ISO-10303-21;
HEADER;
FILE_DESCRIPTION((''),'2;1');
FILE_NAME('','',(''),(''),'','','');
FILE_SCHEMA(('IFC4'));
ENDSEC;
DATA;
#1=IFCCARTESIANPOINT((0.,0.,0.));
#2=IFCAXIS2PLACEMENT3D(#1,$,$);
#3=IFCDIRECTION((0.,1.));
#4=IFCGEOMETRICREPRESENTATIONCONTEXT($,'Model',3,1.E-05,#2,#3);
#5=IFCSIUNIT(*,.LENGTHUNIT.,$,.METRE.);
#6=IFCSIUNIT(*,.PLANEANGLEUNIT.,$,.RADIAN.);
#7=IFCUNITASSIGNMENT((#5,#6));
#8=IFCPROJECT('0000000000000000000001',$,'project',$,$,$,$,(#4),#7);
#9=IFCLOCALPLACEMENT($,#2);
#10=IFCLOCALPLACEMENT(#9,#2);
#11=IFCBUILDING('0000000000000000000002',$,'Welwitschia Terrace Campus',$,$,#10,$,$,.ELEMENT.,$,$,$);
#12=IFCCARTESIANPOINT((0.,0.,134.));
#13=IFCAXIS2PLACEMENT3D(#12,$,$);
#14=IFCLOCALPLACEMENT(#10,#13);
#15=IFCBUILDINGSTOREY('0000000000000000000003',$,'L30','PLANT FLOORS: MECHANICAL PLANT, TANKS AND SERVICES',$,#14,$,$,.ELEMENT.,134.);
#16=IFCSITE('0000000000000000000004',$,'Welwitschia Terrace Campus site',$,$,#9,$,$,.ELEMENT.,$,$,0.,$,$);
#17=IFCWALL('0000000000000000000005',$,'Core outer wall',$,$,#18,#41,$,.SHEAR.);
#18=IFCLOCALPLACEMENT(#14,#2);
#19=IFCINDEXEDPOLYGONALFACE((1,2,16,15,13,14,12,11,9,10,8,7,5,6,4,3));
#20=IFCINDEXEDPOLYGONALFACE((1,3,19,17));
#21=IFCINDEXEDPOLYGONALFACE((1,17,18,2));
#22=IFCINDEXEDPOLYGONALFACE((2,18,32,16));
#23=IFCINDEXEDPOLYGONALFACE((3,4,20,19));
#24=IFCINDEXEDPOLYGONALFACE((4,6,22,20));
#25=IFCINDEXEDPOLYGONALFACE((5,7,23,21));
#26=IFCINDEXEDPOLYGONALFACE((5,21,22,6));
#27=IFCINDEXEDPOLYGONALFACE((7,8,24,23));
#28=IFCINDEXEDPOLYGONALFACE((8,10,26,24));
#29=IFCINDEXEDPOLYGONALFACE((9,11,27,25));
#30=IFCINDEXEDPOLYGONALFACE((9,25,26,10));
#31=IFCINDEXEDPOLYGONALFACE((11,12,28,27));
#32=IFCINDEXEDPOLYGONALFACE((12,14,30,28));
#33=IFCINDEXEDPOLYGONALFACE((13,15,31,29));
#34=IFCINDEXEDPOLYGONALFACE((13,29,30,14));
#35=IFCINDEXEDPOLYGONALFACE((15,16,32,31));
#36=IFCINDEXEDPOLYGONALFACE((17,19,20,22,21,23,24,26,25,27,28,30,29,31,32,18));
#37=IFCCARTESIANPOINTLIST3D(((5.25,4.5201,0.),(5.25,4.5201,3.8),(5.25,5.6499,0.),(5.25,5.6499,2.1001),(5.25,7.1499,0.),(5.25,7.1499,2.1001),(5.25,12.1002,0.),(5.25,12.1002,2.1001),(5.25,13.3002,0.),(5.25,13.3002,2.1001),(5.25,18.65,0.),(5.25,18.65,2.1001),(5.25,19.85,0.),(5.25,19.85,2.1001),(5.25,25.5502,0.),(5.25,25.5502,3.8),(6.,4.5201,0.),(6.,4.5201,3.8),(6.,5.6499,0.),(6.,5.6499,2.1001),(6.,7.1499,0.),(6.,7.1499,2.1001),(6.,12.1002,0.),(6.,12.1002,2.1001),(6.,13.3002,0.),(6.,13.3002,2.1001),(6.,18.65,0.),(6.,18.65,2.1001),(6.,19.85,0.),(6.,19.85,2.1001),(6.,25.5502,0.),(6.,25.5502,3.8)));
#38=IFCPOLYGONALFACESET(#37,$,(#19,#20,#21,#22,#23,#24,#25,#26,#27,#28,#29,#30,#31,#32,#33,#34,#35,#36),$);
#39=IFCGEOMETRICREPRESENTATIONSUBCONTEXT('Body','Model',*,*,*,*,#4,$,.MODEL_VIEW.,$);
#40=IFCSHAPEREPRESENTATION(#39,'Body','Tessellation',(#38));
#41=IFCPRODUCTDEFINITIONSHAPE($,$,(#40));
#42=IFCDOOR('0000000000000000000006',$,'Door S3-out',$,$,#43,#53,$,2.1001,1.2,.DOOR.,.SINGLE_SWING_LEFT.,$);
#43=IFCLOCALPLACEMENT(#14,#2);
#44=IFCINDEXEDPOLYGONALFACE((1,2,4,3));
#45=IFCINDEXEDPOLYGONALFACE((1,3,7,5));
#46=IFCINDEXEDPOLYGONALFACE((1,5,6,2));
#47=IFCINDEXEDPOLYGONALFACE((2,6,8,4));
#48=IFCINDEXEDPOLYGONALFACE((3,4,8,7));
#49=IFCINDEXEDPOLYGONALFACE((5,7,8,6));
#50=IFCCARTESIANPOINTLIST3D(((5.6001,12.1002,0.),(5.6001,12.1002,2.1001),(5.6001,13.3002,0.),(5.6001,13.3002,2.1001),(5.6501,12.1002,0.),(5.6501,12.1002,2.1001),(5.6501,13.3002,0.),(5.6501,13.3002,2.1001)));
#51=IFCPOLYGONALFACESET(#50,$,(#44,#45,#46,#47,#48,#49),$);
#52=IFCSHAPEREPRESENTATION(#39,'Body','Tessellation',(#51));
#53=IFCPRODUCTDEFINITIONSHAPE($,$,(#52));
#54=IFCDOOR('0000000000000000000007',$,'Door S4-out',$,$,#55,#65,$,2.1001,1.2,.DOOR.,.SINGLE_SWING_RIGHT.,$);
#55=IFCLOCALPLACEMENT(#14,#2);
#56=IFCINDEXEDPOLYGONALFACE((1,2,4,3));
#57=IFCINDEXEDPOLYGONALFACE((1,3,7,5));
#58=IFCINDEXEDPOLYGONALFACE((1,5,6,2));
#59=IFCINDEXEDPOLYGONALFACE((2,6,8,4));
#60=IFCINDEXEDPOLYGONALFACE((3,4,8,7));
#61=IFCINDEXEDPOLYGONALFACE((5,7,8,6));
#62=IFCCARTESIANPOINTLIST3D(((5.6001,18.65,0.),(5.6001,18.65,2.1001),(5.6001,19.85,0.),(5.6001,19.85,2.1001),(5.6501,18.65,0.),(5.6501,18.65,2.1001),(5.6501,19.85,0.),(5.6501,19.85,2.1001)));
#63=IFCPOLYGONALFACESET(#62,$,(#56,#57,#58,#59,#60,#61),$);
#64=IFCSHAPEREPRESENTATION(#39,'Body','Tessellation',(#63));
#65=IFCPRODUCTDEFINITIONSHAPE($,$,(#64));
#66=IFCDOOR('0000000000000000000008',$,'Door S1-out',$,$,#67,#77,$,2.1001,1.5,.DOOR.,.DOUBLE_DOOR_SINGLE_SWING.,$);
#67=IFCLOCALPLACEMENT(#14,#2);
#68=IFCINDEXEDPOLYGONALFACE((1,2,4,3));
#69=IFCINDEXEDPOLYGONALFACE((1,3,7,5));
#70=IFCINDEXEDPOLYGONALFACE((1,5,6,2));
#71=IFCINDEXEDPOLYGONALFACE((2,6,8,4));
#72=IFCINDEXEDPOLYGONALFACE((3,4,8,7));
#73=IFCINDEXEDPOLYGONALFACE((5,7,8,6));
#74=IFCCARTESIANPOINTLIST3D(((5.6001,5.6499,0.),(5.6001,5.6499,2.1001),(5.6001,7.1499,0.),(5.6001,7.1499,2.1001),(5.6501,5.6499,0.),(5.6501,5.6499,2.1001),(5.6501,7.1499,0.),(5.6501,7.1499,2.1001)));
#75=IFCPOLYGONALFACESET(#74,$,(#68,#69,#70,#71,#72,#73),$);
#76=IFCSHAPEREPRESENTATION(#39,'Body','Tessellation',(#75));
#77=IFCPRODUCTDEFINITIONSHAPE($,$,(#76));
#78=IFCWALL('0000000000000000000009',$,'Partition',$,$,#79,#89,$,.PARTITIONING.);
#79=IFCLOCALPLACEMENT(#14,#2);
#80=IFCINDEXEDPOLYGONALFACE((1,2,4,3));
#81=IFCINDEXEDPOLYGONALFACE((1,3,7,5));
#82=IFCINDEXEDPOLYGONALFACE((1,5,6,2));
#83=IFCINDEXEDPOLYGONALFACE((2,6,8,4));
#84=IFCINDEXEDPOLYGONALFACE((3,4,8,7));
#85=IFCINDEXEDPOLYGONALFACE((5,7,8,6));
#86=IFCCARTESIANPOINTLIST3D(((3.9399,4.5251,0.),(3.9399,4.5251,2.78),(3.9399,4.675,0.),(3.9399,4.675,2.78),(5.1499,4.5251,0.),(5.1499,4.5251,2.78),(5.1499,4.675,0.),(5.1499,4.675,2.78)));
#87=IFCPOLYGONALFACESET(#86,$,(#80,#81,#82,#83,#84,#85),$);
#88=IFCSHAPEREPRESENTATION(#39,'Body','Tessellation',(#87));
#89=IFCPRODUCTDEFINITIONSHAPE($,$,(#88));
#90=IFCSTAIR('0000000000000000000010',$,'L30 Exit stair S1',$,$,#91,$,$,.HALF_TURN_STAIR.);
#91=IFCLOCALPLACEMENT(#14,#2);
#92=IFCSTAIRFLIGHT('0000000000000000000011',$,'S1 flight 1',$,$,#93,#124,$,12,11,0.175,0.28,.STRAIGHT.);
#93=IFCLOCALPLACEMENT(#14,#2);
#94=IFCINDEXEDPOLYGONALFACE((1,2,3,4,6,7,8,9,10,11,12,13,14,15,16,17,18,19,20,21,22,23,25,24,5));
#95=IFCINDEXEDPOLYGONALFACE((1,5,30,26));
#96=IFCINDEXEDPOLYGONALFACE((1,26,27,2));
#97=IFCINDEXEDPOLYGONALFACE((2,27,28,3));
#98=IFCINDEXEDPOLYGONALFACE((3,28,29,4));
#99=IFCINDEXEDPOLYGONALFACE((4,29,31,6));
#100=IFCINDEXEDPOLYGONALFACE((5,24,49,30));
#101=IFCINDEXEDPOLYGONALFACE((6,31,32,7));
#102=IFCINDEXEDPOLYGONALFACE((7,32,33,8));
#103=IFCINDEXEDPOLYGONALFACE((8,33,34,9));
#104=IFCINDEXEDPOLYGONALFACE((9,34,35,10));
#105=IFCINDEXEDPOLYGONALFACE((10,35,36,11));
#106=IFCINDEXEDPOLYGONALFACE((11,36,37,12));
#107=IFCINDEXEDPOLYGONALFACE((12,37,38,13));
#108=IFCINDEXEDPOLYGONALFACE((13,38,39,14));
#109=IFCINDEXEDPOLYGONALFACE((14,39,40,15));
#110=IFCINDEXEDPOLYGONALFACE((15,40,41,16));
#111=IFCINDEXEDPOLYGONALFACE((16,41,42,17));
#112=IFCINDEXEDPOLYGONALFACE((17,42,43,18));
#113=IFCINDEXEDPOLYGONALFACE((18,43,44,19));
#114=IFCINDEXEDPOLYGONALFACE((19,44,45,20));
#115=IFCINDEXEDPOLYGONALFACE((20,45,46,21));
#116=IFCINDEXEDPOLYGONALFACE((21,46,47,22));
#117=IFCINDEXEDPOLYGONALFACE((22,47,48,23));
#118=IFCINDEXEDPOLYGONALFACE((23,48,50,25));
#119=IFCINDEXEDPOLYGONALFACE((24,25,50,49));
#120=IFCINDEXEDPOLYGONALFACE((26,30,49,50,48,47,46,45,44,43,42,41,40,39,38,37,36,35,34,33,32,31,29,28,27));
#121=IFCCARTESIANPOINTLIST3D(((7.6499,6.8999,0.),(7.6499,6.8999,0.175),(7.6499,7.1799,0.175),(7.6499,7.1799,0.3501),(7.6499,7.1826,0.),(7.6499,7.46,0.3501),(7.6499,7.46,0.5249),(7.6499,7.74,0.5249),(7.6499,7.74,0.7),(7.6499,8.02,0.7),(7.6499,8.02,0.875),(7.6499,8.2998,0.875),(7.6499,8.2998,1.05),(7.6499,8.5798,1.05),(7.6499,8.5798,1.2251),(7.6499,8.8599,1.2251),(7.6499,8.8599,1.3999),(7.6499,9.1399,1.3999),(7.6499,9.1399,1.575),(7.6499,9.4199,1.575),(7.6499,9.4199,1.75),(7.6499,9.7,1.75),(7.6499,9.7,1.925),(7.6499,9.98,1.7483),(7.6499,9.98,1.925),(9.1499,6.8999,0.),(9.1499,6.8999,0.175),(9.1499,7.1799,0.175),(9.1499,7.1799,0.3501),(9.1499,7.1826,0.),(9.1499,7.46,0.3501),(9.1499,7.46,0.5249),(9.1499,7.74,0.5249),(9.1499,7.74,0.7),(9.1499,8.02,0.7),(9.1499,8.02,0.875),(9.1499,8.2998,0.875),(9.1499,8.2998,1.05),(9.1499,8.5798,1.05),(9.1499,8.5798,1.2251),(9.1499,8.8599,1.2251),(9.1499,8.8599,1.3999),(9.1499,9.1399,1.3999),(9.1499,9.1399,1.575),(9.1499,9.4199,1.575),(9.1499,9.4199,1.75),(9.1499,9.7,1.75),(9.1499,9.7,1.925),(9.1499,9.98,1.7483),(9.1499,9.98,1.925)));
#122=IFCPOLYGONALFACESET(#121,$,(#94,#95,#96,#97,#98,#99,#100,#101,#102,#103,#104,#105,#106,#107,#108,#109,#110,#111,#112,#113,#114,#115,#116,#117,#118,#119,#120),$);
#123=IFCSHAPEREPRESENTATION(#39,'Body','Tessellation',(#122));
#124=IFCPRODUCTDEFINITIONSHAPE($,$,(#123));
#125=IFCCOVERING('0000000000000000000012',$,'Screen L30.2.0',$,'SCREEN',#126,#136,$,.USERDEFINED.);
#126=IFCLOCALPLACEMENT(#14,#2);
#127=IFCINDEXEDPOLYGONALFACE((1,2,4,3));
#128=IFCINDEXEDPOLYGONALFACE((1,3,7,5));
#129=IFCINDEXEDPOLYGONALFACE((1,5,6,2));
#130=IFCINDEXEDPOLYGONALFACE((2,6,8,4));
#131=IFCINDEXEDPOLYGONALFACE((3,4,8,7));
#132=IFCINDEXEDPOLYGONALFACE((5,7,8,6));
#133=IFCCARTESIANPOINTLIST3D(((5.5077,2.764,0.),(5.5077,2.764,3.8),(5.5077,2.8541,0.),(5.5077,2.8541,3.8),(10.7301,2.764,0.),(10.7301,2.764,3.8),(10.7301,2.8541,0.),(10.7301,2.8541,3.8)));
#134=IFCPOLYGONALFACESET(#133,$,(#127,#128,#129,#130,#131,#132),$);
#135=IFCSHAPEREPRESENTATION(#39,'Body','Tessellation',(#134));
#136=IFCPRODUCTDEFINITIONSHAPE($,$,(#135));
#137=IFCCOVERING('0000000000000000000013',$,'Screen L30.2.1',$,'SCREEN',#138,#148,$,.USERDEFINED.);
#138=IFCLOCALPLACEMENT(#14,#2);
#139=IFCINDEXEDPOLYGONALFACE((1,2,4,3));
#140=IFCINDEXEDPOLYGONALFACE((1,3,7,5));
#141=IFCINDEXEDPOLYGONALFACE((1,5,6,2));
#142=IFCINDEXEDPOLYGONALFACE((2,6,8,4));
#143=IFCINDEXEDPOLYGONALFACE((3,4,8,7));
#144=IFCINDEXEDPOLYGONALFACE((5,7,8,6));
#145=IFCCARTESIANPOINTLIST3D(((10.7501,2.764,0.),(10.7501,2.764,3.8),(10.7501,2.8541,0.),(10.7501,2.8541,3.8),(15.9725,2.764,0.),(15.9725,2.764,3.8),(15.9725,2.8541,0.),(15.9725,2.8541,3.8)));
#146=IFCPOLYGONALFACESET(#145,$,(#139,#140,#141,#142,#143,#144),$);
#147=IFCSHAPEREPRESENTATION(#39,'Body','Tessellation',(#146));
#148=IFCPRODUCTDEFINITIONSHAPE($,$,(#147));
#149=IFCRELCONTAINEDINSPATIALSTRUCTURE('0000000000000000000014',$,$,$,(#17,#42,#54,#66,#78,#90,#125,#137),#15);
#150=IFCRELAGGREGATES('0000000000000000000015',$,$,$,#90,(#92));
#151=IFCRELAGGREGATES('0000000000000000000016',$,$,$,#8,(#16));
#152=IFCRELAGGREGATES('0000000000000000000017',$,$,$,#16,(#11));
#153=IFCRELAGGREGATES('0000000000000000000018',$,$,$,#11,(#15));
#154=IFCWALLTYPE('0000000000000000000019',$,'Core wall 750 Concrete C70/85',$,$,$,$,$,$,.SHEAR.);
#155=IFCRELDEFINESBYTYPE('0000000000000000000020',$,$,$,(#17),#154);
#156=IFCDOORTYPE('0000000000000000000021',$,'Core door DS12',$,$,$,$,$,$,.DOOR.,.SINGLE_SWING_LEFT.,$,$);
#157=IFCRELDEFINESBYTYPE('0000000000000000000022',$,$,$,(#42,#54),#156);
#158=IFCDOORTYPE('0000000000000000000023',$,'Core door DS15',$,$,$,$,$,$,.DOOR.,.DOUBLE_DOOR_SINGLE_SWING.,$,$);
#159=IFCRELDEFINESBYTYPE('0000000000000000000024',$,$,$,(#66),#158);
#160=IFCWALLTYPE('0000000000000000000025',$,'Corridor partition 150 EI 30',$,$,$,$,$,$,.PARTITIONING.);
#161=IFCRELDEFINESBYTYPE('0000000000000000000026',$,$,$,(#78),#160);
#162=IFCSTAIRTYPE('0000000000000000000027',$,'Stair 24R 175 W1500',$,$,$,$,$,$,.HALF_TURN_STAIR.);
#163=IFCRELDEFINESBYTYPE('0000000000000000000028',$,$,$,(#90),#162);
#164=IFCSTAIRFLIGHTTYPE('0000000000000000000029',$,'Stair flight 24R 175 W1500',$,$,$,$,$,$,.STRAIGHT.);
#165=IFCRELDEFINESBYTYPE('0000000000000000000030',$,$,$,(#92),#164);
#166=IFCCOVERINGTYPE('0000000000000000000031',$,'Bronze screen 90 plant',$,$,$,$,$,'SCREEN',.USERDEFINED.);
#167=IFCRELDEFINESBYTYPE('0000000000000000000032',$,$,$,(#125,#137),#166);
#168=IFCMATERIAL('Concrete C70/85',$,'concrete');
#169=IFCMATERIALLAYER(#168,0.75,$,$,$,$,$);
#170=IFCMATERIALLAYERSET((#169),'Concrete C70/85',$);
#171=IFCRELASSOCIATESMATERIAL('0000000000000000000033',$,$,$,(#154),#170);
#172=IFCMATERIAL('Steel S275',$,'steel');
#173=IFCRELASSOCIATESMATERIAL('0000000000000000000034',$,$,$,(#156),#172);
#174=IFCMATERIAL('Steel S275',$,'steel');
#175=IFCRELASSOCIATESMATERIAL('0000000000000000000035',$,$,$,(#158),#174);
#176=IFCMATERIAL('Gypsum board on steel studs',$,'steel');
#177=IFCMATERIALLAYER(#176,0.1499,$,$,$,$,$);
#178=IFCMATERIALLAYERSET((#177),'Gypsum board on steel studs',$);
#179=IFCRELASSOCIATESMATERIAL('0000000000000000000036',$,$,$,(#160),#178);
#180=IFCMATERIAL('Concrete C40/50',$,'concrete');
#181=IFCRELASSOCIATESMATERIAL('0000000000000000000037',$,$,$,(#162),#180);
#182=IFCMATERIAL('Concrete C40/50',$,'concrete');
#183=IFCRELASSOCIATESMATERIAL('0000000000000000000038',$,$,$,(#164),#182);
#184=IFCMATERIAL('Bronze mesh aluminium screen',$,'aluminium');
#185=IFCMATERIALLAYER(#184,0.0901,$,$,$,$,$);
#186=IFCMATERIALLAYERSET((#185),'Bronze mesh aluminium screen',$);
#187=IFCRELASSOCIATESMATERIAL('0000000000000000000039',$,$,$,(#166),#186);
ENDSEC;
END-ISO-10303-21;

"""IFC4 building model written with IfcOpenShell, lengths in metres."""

from ifc_helpers import new_model, si_unit, direction, frame, frame_2d, origin, origin_2d, place, context, subcontext, project, spatial, polyline, rectangle, outline, extrude, material, layer, layer_set, type_object, element, fill, aggregate, save


model = new_model("IFC4")

# Units and contexts
model_context = context("Model", 3, precision=1e-05, world=origin(), true_north=direction((0.0, 1.0)))
body_context = subcontext(model_context, "Body", "Model", "MODEL_VIEW")
ifc_project = project(units=[si_unit("LENGTHUNIT", "METRE"), si_unit("PLANEANGLEUNIT", "RADIAN")], contexts=[model_context])

# Site, building, storey
site_placement = place(None, origin())
site = spatial("IfcSite", under=ifc_project, at=site_placement, Name="Welwitschia Terrace Campus site", CompositionType="ELEMENT", RefElevation=0.0)
building_placement = place(site_placement, origin())
building = spatial("IfcBuilding", under=site, at=building_placement, Name="Welwitschia Terrace Campus", CompositionType="ELEMENT")
storey_placement = place(building_placement, frame((0.0, 0.0, 134.0)))
storey = spatial("IfcBuildingStorey", under=building, at=storey_placement, Name="L30", Description="PLANT FLOORS: MECHANICAL PLANT, TANKS AND SERVICES", CompositionType="ELEMENT", Elevation=134.0)

# Wall, openings, doors
ifc_material_1 = material(Name="Concrete C70/85", Category="concrete")
ifc_layer_1 = layer(ifc_material_1, 0.75)
ifc_layer_set_1 = layer_set([ifc_layer_1], Name="Concrete C70/85")
wall_type_1 = type_object("IfcWallType", Name="Core wall 750 Concrete C70/85", PredefinedType="SHEAR", material=ifc_layer_set_1)
wall_1_placement = place(storey_placement, frame((5.625, 4.52, 0.0), z_axis=(0.0, 0.0, 1.0), x_axis=(0.0, 1.0, 0.0)))
wall_1 = element("IfcWall", 1, at=wall_1_placement, inside=storey, type_object=wall_type_1, Name="Core outer wall", PredefinedType="SHEAR", context=body_context, shape_type="SweptSolid", body=[
    extrude(rectangle(XDim=21.03, YDim=0.75, at=frame_2d((10.5151, 0.0))), origin(), (0.0, 0.0, 1.0), 3.8),
])
opening_1_placement = place(wall_1_placement, frame((1.1299, 0.0, 0.0)))
opening_1 = element("IfcOpeningElement", 2, at=opening_1_placement, cuts=wall_1, PredefinedType="OPENING", context=body_context, shape_type="SweptSolid", body=[
    extrude(rectangle(XDim=1.5, YDim=2.1001, at=frame_2d((0.75, 1.05))), frame((0.0, 0.385, 0.0), z_axis=(0.0, -1.0, 0.0), x_axis=(1.0, 0.0, 0.0)), (0.0, 0.0, 1.0), 0.77),
])
opening_2_placement = place(wall_1_placement, frame((7.5801, 0.0, 0.0)))
opening_2 = element("IfcOpeningElement", 3, at=opening_2_placement, cuts=wall_1, PredefinedType="OPENING", context=body_context, shape_type="SweptSolid", body=[
    extrude(rectangle(XDim=1.2, YDim=2.1001, at=frame_2d((0.6001, 1.05))), frame((0.0, 0.385, 0.0), z_axis=(0.0, -1.0, 0.0), x_axis=(1.0, 0.0, 0.0)), (0.0, 0.0, 1.0), 0.77),
])
opening_3_placement = place(wall_1_placement, frame((14.1299, 0.0, 0.0)))
opening_3 = element("IfcOpeningElement", 4, at=opening_3_placement, cuts=wall_1, PredefinedType="OPENING", context=body_context, shape_type="SweptSolid", body=[
    extrude(rectangle(XDim=1.2, YDim=2.1001, at=frame_2d((0.6001, 1.05))), frame((0.0, 0.385, 0.0), z_axis=(0.0, -1.0, 0.0), x_axis=(1.0, 0.0, 0.0)), (0.0, 0.0, 1.0), 0.77),
])
ifc_material_2 = material(Name="Steel S275", Category="steel")
door_type_1 = type_object("IfcDoorType", Name="Core door DS12", OperationType="SINGLE_SWING_LEFT", PredefinedType="DOOR", material=ifc_material_2)
door_1_placement = place(opening_2_placement, origin())
door_1 = element("IfcDoor", 5, at=door_1_placement, inside=storey, type_object=door_type_1, Name="Door S3-out", OperationType="SINGLE_SWING_LEFT", OverallHeight=2.1001, OverallWidth=1.2, PredefinedType="DOOR", context=body_context, shape_type="SweptSolid", body=[
    extrude(rectangle(XDim=1.2, YDim=2.1001, at=frame_2d((0.6001, 1.05))), frame((0.0, 0.0249, 0.0), z_axis=(0.0, -1.0, 0.0), x_axis=(1.0, 0.0, 0.0)), (0.0, 0.0, 1.0), 0.05),
])
fill(opening_2, door_1)
door_2_placement = place(opening_3_placement, origin())
door_2 = element("IfcDoor", 6, at=door_2_placement, inside=storey, type_object=door_type_1, Name="Door S4-out", OperationType="SINGLE_SWING_RIGHT", OverallHeight=2.1001, OverallWidth=1.2, PredefinedType="DOOR", context=body_context, shape_type="SweptSolid", body=[
    extrude(rectangle(XDim=1.2, YDim=2.1001, at=frame_2d((0.6001, 1.05))), frame((0.0, 0.0249, 0.0), z_axis=(0.0, -1.0, 0.0), x_axis=(1.0, 0.0, 0.0)), (0.0, 0.0, 1.0), 0.05),
])
fill(opening_3, door_2)
ifc_material_3 = material(Name="Steel S275", Category="steel")
door_type_2 = type_object("IfcDoorType", Name="Core door DS15", OperationType="DOUBLE_DOOR_SINGLE_SWING", PredefinedType="DOOR", material=ifc_material_3)
door_3_placement = place(opening_1_placement, origin())
door_3 = element("IfcDoor", 7, at=door_3_placement, inside=storey, type_object=door_type_2, Name="Door S1-out", OperationType="DOUBLE_DOOR_SINGLE_SWING", OverallHeight=2.1001, OverallWidth=1.5, PredefinedType="DOOR", context=body_context, shape_type="SweptSolid", body=[
    extrude(rectangle(XDim=1.5, YDim=2.1001, at=frame_2d((0.75, 1.05))), frame((0.0, 0.0249, 0.0), z_axis=(0.0, -1.0, 0.0), x_axis=(1.0, 0.0, 0.0)), (0.0, 0.0, 1.0), 0.05),
])
fill(opening_1, door_3)

# Wall
ifc_material_4 = material(Name="Gypsum board on steel studs", Category="steel")
ifc_layer_2 = layer(ifc_material_4, 0.1499)
ifc_layer_set_2 = layer_set([ifc_layer_2], Name="Gypsum board on steel studs")
wall_type_2 = type_object("IfcWallType", Name="Corridor partition 150 EI 30", PredefinedType="PARTITIONING", material=ifc_layer_set_2)
wall_2_placement = place(storey_placement, frame((3.9399, 4.6001, 0.0), z_axis=(0.0, 0.0, 1.0), x_axis=(1.0, 0.0, 0.0)))
element("IfcWall", 8, at=wall_2_placement, inside=storey, type_object=wall_type_2, Name="Partition", PredefinedType="PARTITIONING", context=body_context, shape_type="SweptSolid", body=[
    extrude(rectangle(XDim=1.21, YDim=0.1499, at=frame_2d((0.605, 0.0))), origin(), (0.0, 0.0, 1.0), 2.78),
])

# Stair, stair flight
ifc_material_5 = material(Name="Concrete C40/50", Category="concrete")
stair_type = type_object("IfcStairType", Name="Stair 24R 175 W1500", PredefinedType="HALF_TURN_STAIR", material=ifc_material_5)
stair_placement = place(storey_placement, origin())
stair = element("IfcStair", 9, at=stair_placement, inside=storey, type_object=stair_type, Name="L30 Exit stair S1", PredefinedType="HALF_TURN_STAIR")
ifc_material_6 = material(Name="Concrete C40/50", Category="concrete")
stair_flight_type = type_object("IfcStairFlightType", Name="Stair flight 24R 175 W1500", PredefinedType="STRAIGHT", material=ifc_material_6)
stair_flight_placement = place(storey_placement, frame((8.3999, 6.8999, 0.0), z_axis=(0.0, 0.0, 1.0), x_axis=(0.0, 1.0, 0.0)))
stair_flight = element("IfcStairFlight", 10, at=stair_flight_placement, type_object=stair_flight_type, Name="S1 flight 1", NumberOfRisers=12, NumberOfTreads=11, PredefinedType="STRAIGHT", RiserHeight=0.175, TreadLength=0.28, context=body_context, shape_type="SweptSolid", body=[
    extrude(outline(polyline([(0.0, 0.0), (0.0, 0.175), (0.28, 0.175), (0.28, 0.3501), (0.5601, 0.3501), (0.5601, 0.5249), (0.8401, 0.5249), (0.8401, 0.7), (1.1201, 0.7), (1.1201, 0.875), (1.3999, 0.875), (1.3999, 1.05), (1.6799, 1.05), (1.6799, 1.2251), (1.96, 1.2251), (1.96, 1.3999), (2.24, 1.3999), (2.24, 1.575), (2.52, 1.575), (2.52, 1.75), (2.8, 1.75), (2.8, 1.925), (3.0801, 1.925), (3.0801, 2.1001), (3.0801, 1.7483), (0.2827, 0.0), (0.0, 0.0)])), frame((0.0, 0.75, 0.0), z_axis=(0.0, -1.0, 0.0), x_axis=(1.0, 0.0, 0.0)), (0.0, 0.0, 1.0), 1.5),
])
aggregate(stair, [stair_flight])

# Coverings
ifc_material_7 = material(Name="Bronze mesh aluminium screen", Category="aluminium")
ifc_layer_3 = layer(ifc_material_7, 0.0901)
ifc_layer_set_3 = layer_set([ifc_layer_3], Name="Bronze mesh aluminium screen")
covering_type = type_object("IfcCoveringType", Name="Bronze screen 90 plant", ElementType="SCREEN", PredefinedType="USERDEFINED", material=ifc_layer_set_3)
for number, where, z_axis, x_axis, name in (
    (11, (8.1189, 2.8091, 0.0), (0.0, 0.0, 1.0), (1.0, 0.0, 0.0), "Screen L30.2.0"),
    (12, (13.3613, 2.8091, 0.0), (0.0, 0.0, 1.0), (1.0, 0.0, 0.0), "Screen L30.2.1"),
):
    element("IfcCovering", number, at=place(storey_placement, frame(where, z_axis=z_axis, x_axis=x_axis)), inside=storey, type_object=covering_type, Name=name, ObjectType="SCREEN", PredefinedType="USERDEFINED", context=body_context, shape_type="SweptSolid", body=[
        extrude(rectangle(XDim=5.2224, YDim=0.0901, at=origin_2d()), origin(), (0.0, 0.0, 1.0), 3.8),
    ])

save(model, "model.ifc")
